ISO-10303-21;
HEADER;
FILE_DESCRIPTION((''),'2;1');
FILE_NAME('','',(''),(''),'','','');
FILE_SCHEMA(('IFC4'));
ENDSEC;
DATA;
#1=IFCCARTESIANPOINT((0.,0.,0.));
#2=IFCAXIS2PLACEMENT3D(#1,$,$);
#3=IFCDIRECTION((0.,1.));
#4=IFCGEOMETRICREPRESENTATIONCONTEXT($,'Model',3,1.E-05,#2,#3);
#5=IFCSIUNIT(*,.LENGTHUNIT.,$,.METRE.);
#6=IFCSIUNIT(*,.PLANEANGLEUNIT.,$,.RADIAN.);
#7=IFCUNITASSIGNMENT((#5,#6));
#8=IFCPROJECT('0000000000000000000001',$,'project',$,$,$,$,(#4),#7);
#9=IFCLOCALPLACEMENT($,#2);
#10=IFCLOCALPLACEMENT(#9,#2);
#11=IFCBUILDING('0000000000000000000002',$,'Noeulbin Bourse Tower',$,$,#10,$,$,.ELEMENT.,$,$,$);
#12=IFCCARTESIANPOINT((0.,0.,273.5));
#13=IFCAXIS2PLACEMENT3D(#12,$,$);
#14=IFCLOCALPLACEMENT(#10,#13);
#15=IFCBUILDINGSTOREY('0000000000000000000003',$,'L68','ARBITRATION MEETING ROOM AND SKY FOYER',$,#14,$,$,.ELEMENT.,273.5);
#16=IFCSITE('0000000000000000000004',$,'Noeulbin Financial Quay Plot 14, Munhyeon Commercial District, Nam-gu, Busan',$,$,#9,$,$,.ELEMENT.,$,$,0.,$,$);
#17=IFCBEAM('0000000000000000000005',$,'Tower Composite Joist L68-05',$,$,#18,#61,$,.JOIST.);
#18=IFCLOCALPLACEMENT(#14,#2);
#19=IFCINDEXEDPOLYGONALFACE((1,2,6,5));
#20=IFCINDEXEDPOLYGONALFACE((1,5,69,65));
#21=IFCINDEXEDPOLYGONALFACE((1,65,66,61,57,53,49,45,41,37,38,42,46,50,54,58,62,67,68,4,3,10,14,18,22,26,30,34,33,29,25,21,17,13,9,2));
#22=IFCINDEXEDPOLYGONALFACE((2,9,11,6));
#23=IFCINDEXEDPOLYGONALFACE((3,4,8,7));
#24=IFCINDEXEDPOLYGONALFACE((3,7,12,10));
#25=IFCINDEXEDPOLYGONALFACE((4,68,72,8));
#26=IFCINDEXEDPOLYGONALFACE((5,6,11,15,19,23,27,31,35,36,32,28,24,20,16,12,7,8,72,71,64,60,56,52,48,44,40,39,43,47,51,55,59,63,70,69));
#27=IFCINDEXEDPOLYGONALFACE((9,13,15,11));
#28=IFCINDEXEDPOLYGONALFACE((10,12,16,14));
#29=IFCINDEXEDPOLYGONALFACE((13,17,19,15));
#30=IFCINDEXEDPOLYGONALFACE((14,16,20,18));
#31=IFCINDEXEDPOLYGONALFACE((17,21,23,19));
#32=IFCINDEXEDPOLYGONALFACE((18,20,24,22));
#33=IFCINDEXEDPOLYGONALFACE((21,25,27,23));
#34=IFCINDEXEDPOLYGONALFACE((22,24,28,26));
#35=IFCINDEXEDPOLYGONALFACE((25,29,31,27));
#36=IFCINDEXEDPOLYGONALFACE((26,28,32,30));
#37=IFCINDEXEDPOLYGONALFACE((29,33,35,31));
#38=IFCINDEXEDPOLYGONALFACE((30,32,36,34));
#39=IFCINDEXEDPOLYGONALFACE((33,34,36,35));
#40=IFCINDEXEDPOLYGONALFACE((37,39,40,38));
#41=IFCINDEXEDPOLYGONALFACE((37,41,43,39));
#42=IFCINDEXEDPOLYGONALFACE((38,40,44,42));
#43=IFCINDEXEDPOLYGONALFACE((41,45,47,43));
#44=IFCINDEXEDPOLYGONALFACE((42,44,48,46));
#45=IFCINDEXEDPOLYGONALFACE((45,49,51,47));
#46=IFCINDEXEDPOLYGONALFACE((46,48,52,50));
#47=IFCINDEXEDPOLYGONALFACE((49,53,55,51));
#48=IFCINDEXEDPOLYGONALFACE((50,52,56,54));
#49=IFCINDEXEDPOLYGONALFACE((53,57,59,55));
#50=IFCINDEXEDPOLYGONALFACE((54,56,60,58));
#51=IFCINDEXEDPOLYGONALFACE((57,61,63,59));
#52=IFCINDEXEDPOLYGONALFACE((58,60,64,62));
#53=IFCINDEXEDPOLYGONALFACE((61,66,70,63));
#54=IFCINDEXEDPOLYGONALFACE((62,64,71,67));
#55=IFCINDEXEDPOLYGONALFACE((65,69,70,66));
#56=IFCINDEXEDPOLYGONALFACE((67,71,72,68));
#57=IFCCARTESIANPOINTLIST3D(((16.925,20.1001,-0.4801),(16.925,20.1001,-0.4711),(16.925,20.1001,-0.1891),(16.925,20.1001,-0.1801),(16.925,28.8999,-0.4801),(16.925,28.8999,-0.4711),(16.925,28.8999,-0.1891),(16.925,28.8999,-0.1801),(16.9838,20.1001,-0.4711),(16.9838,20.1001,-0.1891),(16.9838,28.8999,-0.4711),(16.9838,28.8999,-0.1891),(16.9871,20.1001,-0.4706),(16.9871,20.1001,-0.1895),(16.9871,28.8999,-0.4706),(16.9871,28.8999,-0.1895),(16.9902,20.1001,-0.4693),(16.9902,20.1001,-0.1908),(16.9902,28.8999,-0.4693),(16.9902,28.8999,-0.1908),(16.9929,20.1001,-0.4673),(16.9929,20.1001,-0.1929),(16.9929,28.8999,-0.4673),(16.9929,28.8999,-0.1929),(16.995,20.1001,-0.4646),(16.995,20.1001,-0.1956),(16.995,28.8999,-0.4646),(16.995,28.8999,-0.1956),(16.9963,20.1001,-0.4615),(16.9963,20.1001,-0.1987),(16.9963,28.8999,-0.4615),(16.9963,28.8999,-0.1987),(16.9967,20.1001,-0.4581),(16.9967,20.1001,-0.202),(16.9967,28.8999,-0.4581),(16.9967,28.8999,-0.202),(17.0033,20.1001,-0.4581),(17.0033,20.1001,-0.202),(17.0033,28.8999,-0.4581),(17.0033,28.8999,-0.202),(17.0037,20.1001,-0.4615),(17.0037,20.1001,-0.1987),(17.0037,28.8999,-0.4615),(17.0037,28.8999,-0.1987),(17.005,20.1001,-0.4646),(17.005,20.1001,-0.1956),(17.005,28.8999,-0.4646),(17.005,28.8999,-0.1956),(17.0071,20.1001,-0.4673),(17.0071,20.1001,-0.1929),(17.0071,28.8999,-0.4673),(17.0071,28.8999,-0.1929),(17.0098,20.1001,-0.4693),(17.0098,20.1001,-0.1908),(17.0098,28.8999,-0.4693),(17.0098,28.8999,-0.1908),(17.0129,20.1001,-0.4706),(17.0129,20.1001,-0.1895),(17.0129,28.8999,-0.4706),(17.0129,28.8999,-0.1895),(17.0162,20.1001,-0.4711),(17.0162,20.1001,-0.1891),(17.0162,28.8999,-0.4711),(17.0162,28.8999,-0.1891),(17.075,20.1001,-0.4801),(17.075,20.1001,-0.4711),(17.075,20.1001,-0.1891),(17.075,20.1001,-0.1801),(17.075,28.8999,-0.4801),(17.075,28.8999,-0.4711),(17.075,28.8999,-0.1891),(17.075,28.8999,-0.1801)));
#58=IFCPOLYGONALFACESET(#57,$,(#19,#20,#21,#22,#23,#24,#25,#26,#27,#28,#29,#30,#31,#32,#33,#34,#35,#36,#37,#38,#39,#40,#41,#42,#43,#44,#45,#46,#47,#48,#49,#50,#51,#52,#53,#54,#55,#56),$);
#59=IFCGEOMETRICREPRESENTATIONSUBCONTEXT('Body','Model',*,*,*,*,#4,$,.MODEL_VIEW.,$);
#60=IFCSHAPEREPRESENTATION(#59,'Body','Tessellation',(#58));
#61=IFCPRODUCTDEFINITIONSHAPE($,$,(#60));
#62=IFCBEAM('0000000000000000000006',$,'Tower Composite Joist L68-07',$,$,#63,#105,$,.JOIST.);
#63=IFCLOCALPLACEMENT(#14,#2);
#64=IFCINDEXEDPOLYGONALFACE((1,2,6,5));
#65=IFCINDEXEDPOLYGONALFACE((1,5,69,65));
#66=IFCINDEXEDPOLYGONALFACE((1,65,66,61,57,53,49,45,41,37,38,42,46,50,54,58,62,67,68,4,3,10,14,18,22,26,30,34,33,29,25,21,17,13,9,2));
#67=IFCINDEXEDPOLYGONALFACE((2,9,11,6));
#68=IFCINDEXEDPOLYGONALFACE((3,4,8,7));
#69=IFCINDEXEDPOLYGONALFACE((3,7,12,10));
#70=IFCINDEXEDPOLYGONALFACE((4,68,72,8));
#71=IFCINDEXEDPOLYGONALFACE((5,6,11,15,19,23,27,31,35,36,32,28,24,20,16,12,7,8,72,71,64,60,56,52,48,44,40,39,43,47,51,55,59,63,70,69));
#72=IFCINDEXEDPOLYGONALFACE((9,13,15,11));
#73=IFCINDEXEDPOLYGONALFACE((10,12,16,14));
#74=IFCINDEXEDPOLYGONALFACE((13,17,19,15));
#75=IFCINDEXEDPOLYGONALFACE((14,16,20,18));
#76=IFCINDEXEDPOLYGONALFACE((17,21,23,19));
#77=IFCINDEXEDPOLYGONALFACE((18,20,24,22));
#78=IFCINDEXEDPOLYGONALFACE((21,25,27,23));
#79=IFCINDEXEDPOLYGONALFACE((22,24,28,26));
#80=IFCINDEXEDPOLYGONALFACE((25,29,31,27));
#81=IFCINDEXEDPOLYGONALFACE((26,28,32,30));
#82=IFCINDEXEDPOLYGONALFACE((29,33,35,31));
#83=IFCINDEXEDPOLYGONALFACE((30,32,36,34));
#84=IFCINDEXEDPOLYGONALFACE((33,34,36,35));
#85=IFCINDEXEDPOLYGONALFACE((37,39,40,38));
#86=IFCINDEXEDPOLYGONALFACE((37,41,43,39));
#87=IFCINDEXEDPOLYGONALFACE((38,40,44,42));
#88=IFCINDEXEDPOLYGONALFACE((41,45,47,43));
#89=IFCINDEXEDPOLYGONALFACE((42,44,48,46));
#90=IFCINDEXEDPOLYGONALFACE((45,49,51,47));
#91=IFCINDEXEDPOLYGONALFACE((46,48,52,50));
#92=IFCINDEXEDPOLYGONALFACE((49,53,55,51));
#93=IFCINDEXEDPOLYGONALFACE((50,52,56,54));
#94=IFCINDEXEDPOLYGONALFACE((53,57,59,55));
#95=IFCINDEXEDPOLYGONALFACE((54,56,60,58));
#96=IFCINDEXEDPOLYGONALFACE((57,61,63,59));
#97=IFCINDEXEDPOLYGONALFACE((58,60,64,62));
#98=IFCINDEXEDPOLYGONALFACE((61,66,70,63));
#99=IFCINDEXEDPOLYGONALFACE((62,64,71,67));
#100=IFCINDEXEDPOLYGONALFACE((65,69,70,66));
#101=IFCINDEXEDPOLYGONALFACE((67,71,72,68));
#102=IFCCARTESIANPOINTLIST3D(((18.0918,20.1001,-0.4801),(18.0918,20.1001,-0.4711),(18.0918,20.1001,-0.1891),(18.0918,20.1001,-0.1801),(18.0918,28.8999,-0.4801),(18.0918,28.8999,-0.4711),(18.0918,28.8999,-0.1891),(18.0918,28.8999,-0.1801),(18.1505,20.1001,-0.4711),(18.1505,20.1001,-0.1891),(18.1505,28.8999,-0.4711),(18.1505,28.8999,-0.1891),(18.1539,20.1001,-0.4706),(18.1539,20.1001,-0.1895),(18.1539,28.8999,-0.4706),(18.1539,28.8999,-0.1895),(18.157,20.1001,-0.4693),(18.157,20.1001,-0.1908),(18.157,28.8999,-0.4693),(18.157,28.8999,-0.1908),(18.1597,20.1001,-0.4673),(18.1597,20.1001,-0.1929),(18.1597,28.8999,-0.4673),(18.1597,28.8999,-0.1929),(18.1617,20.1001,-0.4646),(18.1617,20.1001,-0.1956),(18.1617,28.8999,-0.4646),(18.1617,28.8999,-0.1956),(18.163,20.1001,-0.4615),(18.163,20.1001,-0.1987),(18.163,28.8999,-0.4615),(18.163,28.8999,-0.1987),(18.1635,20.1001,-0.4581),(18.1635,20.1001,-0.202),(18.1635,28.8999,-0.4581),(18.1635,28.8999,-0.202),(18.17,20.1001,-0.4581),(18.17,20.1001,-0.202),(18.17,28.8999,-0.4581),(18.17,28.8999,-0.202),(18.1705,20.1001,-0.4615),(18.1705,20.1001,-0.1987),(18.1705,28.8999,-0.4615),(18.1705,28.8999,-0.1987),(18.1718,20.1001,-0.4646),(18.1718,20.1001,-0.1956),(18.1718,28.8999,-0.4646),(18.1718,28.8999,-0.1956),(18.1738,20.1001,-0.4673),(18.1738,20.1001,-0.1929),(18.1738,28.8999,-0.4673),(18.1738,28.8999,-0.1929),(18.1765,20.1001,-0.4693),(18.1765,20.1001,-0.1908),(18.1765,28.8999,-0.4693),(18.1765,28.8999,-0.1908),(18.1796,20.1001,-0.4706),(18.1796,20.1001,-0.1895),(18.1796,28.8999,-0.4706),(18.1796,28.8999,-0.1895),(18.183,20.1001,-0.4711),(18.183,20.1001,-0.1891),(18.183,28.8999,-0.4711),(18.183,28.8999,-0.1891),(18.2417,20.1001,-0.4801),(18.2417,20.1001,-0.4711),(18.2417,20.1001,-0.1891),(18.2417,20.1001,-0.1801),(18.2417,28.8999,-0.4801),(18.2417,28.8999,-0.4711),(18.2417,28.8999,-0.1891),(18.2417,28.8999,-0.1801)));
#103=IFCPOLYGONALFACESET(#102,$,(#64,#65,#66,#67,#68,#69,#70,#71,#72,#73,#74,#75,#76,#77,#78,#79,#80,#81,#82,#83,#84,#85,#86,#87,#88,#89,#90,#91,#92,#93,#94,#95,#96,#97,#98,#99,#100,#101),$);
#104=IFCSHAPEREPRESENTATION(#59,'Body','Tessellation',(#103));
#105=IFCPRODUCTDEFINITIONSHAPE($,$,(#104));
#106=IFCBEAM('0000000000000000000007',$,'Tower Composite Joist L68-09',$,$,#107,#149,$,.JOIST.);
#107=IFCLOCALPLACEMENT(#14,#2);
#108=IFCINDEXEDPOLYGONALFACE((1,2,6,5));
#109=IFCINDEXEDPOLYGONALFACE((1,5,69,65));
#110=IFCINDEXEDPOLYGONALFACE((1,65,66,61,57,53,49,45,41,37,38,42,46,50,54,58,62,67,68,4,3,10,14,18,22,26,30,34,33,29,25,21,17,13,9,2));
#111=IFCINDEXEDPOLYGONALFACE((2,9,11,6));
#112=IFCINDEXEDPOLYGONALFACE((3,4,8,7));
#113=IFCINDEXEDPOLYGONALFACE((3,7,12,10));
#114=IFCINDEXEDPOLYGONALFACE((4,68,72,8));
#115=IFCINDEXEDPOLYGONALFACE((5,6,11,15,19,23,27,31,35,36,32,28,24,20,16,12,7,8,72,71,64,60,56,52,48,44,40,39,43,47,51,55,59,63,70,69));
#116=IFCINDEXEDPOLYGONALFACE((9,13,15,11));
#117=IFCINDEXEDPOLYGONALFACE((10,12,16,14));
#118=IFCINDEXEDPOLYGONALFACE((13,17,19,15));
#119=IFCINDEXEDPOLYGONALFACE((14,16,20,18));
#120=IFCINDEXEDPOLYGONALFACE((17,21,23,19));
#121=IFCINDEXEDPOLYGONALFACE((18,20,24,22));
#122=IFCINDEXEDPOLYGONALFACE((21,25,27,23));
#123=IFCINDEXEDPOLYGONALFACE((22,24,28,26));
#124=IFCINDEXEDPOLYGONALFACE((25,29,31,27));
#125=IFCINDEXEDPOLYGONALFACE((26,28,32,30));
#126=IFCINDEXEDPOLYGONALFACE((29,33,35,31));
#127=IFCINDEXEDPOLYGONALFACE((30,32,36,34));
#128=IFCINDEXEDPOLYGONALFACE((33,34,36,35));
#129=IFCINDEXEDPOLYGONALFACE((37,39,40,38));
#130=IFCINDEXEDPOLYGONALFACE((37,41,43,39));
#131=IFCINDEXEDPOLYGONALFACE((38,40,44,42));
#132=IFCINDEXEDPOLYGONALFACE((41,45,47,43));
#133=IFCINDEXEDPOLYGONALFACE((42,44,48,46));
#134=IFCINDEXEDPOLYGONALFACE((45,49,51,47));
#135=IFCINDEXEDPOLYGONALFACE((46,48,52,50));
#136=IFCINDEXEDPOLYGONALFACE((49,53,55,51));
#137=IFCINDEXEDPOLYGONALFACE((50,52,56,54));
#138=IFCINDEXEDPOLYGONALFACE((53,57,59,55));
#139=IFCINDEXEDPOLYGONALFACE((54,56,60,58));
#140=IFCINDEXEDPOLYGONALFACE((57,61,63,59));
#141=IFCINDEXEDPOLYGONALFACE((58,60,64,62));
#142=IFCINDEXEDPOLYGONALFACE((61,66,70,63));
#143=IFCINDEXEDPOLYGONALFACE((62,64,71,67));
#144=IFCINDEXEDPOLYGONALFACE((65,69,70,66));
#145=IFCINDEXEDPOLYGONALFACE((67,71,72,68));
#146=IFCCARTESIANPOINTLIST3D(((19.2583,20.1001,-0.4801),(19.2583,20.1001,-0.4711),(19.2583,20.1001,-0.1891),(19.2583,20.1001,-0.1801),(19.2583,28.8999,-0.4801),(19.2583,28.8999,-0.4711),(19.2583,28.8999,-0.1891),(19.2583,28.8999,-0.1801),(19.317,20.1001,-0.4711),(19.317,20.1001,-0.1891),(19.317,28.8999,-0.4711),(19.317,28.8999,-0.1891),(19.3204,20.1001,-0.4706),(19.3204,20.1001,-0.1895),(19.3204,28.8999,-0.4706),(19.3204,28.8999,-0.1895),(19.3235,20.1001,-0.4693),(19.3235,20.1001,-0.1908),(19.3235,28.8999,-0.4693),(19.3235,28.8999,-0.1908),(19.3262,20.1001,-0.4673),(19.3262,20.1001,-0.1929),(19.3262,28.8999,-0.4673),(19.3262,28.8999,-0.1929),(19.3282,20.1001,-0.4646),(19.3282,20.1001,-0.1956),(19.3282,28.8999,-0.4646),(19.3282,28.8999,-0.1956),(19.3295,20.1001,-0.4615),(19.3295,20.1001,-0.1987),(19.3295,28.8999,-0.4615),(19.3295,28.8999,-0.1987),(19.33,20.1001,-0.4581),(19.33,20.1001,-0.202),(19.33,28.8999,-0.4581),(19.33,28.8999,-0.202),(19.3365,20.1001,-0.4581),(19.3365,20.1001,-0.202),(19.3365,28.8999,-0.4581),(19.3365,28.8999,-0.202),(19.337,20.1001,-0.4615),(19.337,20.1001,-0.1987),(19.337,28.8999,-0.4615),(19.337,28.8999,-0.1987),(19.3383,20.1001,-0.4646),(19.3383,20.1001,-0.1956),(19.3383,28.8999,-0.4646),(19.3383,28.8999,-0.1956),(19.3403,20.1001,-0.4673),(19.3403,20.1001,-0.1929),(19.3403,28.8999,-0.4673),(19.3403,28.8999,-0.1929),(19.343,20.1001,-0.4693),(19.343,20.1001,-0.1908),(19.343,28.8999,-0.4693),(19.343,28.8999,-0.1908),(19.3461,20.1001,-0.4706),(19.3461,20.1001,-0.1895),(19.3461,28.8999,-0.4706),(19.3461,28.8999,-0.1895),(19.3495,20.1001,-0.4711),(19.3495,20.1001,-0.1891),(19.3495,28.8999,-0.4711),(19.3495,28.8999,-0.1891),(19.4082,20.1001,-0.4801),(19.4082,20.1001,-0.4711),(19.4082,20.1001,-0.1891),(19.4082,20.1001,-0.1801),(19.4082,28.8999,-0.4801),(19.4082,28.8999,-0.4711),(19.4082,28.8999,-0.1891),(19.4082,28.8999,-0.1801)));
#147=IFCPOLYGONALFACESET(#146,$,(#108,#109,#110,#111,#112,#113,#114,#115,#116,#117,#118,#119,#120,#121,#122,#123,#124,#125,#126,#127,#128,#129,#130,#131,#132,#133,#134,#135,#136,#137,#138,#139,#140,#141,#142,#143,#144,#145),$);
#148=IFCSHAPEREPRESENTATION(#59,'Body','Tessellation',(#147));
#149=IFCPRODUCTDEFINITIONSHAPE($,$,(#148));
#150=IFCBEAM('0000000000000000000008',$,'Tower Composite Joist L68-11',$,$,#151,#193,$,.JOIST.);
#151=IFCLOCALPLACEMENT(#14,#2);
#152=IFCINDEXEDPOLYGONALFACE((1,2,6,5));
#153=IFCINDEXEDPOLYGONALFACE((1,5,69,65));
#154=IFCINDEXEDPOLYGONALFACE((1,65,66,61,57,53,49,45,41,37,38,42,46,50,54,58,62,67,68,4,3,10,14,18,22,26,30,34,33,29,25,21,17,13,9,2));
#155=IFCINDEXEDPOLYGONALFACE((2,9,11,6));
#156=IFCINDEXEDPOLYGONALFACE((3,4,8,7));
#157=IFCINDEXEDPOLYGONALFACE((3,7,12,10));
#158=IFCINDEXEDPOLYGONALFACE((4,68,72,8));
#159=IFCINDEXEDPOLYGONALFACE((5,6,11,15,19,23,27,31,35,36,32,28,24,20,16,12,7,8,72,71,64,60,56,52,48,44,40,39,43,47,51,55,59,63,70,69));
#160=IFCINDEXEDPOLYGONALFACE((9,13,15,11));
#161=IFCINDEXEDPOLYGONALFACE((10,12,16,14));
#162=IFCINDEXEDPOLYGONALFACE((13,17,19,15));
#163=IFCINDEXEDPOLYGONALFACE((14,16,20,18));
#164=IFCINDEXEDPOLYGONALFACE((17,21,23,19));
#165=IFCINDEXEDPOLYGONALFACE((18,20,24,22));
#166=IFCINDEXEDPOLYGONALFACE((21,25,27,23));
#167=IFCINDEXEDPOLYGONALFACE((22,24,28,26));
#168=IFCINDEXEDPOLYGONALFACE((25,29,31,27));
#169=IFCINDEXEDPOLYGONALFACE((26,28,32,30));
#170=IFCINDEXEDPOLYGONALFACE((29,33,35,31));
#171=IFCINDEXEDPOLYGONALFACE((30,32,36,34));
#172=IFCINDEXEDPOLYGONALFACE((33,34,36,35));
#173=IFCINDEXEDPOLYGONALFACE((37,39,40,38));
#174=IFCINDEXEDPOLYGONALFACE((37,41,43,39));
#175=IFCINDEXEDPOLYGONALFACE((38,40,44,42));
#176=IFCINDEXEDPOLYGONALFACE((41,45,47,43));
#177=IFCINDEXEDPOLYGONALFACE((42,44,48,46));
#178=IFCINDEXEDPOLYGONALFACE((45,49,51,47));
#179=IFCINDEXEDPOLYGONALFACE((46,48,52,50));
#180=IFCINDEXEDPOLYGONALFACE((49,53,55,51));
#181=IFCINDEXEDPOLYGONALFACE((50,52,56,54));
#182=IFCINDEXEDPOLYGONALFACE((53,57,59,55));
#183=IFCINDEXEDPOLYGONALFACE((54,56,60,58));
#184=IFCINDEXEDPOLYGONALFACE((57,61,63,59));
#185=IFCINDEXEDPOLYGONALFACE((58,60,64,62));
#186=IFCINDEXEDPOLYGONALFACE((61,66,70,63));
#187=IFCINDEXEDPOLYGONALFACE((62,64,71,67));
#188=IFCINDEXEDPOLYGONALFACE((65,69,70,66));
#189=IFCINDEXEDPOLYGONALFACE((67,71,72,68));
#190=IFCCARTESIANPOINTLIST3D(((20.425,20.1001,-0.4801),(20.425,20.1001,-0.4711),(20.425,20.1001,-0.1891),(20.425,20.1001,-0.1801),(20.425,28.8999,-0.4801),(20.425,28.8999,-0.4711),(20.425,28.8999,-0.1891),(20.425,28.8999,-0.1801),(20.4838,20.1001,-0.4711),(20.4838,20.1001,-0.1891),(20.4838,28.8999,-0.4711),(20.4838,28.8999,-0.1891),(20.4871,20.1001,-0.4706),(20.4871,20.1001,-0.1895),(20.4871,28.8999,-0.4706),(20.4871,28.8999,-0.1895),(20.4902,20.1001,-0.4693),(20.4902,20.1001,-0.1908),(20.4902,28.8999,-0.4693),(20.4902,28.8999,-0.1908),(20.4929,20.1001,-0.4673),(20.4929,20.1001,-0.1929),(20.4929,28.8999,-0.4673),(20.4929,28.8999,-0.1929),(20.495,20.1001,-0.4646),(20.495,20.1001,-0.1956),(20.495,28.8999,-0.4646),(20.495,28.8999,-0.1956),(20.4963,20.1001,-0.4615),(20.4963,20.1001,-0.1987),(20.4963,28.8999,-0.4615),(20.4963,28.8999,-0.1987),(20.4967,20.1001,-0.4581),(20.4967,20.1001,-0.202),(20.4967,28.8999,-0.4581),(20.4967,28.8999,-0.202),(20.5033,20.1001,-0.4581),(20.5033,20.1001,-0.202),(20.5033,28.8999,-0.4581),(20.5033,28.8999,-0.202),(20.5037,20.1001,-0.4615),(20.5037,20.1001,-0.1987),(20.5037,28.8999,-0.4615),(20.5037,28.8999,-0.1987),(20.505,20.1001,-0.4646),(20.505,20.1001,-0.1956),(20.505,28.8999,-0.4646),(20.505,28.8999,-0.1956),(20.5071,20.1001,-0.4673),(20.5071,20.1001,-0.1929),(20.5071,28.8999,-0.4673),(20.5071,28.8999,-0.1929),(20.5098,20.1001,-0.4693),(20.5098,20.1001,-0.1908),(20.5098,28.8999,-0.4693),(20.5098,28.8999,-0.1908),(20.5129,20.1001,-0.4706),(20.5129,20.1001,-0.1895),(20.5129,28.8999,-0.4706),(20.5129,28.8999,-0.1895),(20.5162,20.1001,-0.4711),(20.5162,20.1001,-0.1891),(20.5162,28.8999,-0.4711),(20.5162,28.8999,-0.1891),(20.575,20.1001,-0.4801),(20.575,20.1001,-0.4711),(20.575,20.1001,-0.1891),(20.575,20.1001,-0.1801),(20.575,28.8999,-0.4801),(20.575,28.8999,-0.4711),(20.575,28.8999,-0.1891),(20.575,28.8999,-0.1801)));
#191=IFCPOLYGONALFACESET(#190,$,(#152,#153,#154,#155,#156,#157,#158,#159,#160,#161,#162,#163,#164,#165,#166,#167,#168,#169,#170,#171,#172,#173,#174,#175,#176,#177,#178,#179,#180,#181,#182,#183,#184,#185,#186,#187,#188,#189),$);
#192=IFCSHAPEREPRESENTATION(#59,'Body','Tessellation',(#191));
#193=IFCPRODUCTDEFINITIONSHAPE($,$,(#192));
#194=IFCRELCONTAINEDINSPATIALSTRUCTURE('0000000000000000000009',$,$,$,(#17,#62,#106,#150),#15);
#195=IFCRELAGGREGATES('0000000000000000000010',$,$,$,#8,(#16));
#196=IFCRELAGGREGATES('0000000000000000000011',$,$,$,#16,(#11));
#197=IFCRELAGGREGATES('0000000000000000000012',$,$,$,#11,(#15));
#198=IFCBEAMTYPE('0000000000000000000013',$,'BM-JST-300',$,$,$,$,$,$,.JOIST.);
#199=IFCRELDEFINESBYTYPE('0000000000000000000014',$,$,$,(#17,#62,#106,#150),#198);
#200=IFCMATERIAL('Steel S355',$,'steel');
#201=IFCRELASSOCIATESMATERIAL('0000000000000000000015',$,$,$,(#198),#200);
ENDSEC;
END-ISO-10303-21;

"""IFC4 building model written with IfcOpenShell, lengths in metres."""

from ifc_helpers import new_model, si_unit, direction, frame, origin, origin_2d, place, context, subcontext, project, spatial, i_section, extrude, material, material_profile, profile_set, type_object, element, save


model = new_model("IFC4")

# Units and contexts
model_context = context("Model", 3, precision=1e-05, world=origin(), true_north=direction((0.0, 1.0)))
body_context = subcontext(model_context, "Body", "Model", "MODEL_VIEW")
ifc_project = project(units=[si_unit("LENGTHUNIT", "METRE"), si_unit("PLANEANGLEUNIT", "RADIAN")], contexts=[model_context])

# Site, building, storey
site_placement = place(None, origin())
site = spatial("IfcSite", under=ifc_project, at=site_placement, Name="Noeulbin Financial Quay Plot 14, Munhyeon Commercial District, Nam-gu, Busan", CompositionType="ELEMENT", RefElevation=0.0)
building_placement = place(site_placement, origin())
building = spatial("IfcBuilding", under=site, at=building_placement, Name="Noeulbin Bourse Tower", CompositionType="ELEMENT")
storey_placement = place(building_placement, frame((0.0, 0.0, 273.5)))
storey = spatial("IfcBuildingStorey", under=building, at=storey_placement, Name="L68", Description="ARBITRATION MEETING ROOM AND SKY FOYER", CompositionType="ELEMENT", Elevation=273.5)

# Shared definitions
ifc_material_1 = material(Name="Steel S355", Category="steel")

# Beams
ifc_material_profile_1 = material_profile(ifc_material_1, i_section(OverallWidth=0.1499, OverallDepth=0.3, WebThickness=0.0066, FlangeThickness=0.009, FilletRadius=0.0129, at=origin_2d()), Name="H-300x150x6.5x9", Category="LoadBearing")
ifc_profile_set_1 = profile_set([ifc_material_profile_1], Name="Steel S355")
beam_type_1 = type_object("IfcBeamType", Name="BM-JST-300", PredefinedType="JOIST", material=ifc_profile_set_1)
for number, where, z_axis, x_axis, name in (
    (1, (17.0, 20.1001, -0.3301), (0.0, 1.0, 0.0), (-1.0, 0.0, 0.0), "Tower Composite Joist L68-05"),
    (2, (18.1667, 20.1001, -0.3301), (0.0, 1.0, 0.0), (-1.0, 0.0, 0.0), "Tower Composite Joist L68-07"),
    (3, (19.3333, 20.1001, -0.3301), (0.0, 1.0, 0.0), (-1.0, 0.0, 0.0), "Tower Composite Joist L68-09"),
    (4, (20.5, 20.1001, -0.3301), (0.0, 1.0, 0.0), (-1.0, 0.0, 0.0), "Tower Composite Joist L68-11"),
):
    element("IfcBeam", number, at=place(storey_placement, frame(where, z_axis=z_axis, x_axis=x_axis)), inside=storey, type_object=beam_type_1, Name=name, PredefinedType="JOIST", context=body_context, shape_type="SweptSolid", body=[
        extrude(i_section(OverallWidth=0.1499, OverallDepth=0.3, WebThickness=0.0066, FlangeThickness=0.009, FilletRadius=0.0129, at=origin_2d()), origin(), (0.0, 0.0, 1.0), 8.7998),
    ])

save(model, "model.ifc")
